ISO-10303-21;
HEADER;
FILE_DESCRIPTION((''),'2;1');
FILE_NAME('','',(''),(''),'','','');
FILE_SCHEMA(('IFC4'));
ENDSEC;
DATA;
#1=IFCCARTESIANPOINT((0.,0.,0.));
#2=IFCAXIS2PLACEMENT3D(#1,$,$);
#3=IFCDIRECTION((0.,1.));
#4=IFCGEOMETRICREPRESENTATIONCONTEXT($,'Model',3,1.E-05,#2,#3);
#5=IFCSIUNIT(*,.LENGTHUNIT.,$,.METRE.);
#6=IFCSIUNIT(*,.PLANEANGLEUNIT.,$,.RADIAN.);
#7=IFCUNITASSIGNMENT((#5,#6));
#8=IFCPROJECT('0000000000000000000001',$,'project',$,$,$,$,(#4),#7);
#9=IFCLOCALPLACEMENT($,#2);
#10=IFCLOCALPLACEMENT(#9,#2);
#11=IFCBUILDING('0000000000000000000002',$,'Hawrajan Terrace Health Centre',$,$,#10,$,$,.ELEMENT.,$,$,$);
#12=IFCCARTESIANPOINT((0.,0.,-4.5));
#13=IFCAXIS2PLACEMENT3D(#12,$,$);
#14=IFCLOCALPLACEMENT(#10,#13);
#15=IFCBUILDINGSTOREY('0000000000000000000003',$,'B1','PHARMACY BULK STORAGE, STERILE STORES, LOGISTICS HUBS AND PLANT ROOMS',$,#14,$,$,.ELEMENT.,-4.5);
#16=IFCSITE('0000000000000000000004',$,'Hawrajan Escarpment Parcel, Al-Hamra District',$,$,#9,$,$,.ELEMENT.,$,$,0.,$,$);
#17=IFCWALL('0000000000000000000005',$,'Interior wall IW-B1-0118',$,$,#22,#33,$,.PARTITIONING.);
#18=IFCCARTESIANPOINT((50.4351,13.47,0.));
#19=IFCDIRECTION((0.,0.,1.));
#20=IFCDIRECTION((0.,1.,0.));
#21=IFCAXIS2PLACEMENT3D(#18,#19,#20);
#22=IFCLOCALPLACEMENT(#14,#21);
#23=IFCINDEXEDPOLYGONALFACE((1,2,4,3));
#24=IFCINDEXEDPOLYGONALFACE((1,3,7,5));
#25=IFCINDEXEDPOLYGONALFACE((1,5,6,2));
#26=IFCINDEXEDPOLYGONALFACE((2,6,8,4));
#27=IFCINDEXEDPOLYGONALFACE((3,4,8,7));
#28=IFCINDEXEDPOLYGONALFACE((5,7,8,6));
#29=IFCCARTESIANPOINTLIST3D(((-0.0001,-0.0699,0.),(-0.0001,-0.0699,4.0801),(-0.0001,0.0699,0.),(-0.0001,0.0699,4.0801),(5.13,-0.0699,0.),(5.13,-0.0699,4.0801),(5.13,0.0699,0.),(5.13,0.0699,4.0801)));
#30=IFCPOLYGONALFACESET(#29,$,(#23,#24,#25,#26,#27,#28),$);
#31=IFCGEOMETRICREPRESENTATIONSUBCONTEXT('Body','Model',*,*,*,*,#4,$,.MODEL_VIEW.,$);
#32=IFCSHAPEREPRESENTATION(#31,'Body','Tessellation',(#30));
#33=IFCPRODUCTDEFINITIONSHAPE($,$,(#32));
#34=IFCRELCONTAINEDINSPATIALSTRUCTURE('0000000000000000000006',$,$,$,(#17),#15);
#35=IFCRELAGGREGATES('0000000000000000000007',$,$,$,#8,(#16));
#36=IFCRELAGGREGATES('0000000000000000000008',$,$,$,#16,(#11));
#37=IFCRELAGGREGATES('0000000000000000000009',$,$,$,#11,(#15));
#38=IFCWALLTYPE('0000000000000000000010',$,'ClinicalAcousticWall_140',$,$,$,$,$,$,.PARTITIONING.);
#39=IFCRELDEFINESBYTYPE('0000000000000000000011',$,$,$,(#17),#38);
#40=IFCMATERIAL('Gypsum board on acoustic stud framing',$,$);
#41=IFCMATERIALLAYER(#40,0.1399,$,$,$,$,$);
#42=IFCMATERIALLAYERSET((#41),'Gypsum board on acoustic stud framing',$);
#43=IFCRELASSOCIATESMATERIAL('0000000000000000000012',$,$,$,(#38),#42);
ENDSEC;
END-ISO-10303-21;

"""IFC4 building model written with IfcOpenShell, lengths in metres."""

from ifc_helpers import new_model, si_unit, direction, frame, frame_2d, origin, place, context, subcontext, project, spatial, rectangle, extrude, material, layer, layer_set, type_object, element, save


model = new_model("IFC4")

# Units and contexts
model_context = context("Model", 3, precision=1e-05, world=origin(), true_north=direction((0.0, 1.0)))
body_context = subcontext(model_context, "Body", "Model", "MODEL_VIEW")
ifc_project = project(units=[si_unit("LENGTHUNIT", "METRE"), si_unit("PLANEANGLEUNIT", "RADIAN")], contexts=[model_context])

# Site, building, storey
site_placement = place(None, origin())
site = spatial("IfcSite", under=ifc_project, at=site_placement, Name="Hawrajan Escarpment Parcel, Al-Hamra District", CompositionType="ELEMENT", RefElevation=0.0)
building_placement = place(site_placement, origin())
building = spatial("IfcBuilding", under=site, at=building_placement, Name="Hawrajan Terrace Health Centre", CompositionType="ELEMENT")
storey_placement = place(building_placement, frame((0.0, 0.0, -4.5)))
storey = spatial("IfcBuildingStorey", under=building, at=storey_placement, Name="B1", Description="PHARMACY BULK STORAGE, STERILE STORES, LOGISTICS HUBS AND PLANT ROOMS", CompositionType="ELEMENT", Elevation=-4.5)

# Shared definitions
ifc_material_1 = material(Name="Gypsum board on acoustic stud framing")
ifc_layer_1 = layer(ifc_material_1, 0.1399)
ifc_layer_set_1 = layer_set([ifc_layer_1], Name="Gypsum board on acoustic stud framing")
wall_type_1 = type_object("IfcWallType", Name="ClinicalAcousticWall_140", PredefinedType="PARTITIONING", material=ifc_layer_set_1)

# Wall
wall_1_placement = place(storey_placement, frame((50.4351, 13.47, 0.0), z_axis=(0.0, 0.0, 1.0), x_axis=(0.0, 1.0, 0.0)))
element("IfcWall", 1, at=wall_1_placement, inside=storey, type_object=wall_type_1, Name="Interior wall IW-B1-0118", PredefinedType="PARTITIONING", context=body_context, shape_type="SweptSolid", body=[
    extrude(rectangle(XDim=5.1301, YDim=0.1399, at=frame_2d((2.5649, 0.0))), origin(), (0.0, 0.0, 1.0), 4.0801),
])

save(model, "model.ifc")
